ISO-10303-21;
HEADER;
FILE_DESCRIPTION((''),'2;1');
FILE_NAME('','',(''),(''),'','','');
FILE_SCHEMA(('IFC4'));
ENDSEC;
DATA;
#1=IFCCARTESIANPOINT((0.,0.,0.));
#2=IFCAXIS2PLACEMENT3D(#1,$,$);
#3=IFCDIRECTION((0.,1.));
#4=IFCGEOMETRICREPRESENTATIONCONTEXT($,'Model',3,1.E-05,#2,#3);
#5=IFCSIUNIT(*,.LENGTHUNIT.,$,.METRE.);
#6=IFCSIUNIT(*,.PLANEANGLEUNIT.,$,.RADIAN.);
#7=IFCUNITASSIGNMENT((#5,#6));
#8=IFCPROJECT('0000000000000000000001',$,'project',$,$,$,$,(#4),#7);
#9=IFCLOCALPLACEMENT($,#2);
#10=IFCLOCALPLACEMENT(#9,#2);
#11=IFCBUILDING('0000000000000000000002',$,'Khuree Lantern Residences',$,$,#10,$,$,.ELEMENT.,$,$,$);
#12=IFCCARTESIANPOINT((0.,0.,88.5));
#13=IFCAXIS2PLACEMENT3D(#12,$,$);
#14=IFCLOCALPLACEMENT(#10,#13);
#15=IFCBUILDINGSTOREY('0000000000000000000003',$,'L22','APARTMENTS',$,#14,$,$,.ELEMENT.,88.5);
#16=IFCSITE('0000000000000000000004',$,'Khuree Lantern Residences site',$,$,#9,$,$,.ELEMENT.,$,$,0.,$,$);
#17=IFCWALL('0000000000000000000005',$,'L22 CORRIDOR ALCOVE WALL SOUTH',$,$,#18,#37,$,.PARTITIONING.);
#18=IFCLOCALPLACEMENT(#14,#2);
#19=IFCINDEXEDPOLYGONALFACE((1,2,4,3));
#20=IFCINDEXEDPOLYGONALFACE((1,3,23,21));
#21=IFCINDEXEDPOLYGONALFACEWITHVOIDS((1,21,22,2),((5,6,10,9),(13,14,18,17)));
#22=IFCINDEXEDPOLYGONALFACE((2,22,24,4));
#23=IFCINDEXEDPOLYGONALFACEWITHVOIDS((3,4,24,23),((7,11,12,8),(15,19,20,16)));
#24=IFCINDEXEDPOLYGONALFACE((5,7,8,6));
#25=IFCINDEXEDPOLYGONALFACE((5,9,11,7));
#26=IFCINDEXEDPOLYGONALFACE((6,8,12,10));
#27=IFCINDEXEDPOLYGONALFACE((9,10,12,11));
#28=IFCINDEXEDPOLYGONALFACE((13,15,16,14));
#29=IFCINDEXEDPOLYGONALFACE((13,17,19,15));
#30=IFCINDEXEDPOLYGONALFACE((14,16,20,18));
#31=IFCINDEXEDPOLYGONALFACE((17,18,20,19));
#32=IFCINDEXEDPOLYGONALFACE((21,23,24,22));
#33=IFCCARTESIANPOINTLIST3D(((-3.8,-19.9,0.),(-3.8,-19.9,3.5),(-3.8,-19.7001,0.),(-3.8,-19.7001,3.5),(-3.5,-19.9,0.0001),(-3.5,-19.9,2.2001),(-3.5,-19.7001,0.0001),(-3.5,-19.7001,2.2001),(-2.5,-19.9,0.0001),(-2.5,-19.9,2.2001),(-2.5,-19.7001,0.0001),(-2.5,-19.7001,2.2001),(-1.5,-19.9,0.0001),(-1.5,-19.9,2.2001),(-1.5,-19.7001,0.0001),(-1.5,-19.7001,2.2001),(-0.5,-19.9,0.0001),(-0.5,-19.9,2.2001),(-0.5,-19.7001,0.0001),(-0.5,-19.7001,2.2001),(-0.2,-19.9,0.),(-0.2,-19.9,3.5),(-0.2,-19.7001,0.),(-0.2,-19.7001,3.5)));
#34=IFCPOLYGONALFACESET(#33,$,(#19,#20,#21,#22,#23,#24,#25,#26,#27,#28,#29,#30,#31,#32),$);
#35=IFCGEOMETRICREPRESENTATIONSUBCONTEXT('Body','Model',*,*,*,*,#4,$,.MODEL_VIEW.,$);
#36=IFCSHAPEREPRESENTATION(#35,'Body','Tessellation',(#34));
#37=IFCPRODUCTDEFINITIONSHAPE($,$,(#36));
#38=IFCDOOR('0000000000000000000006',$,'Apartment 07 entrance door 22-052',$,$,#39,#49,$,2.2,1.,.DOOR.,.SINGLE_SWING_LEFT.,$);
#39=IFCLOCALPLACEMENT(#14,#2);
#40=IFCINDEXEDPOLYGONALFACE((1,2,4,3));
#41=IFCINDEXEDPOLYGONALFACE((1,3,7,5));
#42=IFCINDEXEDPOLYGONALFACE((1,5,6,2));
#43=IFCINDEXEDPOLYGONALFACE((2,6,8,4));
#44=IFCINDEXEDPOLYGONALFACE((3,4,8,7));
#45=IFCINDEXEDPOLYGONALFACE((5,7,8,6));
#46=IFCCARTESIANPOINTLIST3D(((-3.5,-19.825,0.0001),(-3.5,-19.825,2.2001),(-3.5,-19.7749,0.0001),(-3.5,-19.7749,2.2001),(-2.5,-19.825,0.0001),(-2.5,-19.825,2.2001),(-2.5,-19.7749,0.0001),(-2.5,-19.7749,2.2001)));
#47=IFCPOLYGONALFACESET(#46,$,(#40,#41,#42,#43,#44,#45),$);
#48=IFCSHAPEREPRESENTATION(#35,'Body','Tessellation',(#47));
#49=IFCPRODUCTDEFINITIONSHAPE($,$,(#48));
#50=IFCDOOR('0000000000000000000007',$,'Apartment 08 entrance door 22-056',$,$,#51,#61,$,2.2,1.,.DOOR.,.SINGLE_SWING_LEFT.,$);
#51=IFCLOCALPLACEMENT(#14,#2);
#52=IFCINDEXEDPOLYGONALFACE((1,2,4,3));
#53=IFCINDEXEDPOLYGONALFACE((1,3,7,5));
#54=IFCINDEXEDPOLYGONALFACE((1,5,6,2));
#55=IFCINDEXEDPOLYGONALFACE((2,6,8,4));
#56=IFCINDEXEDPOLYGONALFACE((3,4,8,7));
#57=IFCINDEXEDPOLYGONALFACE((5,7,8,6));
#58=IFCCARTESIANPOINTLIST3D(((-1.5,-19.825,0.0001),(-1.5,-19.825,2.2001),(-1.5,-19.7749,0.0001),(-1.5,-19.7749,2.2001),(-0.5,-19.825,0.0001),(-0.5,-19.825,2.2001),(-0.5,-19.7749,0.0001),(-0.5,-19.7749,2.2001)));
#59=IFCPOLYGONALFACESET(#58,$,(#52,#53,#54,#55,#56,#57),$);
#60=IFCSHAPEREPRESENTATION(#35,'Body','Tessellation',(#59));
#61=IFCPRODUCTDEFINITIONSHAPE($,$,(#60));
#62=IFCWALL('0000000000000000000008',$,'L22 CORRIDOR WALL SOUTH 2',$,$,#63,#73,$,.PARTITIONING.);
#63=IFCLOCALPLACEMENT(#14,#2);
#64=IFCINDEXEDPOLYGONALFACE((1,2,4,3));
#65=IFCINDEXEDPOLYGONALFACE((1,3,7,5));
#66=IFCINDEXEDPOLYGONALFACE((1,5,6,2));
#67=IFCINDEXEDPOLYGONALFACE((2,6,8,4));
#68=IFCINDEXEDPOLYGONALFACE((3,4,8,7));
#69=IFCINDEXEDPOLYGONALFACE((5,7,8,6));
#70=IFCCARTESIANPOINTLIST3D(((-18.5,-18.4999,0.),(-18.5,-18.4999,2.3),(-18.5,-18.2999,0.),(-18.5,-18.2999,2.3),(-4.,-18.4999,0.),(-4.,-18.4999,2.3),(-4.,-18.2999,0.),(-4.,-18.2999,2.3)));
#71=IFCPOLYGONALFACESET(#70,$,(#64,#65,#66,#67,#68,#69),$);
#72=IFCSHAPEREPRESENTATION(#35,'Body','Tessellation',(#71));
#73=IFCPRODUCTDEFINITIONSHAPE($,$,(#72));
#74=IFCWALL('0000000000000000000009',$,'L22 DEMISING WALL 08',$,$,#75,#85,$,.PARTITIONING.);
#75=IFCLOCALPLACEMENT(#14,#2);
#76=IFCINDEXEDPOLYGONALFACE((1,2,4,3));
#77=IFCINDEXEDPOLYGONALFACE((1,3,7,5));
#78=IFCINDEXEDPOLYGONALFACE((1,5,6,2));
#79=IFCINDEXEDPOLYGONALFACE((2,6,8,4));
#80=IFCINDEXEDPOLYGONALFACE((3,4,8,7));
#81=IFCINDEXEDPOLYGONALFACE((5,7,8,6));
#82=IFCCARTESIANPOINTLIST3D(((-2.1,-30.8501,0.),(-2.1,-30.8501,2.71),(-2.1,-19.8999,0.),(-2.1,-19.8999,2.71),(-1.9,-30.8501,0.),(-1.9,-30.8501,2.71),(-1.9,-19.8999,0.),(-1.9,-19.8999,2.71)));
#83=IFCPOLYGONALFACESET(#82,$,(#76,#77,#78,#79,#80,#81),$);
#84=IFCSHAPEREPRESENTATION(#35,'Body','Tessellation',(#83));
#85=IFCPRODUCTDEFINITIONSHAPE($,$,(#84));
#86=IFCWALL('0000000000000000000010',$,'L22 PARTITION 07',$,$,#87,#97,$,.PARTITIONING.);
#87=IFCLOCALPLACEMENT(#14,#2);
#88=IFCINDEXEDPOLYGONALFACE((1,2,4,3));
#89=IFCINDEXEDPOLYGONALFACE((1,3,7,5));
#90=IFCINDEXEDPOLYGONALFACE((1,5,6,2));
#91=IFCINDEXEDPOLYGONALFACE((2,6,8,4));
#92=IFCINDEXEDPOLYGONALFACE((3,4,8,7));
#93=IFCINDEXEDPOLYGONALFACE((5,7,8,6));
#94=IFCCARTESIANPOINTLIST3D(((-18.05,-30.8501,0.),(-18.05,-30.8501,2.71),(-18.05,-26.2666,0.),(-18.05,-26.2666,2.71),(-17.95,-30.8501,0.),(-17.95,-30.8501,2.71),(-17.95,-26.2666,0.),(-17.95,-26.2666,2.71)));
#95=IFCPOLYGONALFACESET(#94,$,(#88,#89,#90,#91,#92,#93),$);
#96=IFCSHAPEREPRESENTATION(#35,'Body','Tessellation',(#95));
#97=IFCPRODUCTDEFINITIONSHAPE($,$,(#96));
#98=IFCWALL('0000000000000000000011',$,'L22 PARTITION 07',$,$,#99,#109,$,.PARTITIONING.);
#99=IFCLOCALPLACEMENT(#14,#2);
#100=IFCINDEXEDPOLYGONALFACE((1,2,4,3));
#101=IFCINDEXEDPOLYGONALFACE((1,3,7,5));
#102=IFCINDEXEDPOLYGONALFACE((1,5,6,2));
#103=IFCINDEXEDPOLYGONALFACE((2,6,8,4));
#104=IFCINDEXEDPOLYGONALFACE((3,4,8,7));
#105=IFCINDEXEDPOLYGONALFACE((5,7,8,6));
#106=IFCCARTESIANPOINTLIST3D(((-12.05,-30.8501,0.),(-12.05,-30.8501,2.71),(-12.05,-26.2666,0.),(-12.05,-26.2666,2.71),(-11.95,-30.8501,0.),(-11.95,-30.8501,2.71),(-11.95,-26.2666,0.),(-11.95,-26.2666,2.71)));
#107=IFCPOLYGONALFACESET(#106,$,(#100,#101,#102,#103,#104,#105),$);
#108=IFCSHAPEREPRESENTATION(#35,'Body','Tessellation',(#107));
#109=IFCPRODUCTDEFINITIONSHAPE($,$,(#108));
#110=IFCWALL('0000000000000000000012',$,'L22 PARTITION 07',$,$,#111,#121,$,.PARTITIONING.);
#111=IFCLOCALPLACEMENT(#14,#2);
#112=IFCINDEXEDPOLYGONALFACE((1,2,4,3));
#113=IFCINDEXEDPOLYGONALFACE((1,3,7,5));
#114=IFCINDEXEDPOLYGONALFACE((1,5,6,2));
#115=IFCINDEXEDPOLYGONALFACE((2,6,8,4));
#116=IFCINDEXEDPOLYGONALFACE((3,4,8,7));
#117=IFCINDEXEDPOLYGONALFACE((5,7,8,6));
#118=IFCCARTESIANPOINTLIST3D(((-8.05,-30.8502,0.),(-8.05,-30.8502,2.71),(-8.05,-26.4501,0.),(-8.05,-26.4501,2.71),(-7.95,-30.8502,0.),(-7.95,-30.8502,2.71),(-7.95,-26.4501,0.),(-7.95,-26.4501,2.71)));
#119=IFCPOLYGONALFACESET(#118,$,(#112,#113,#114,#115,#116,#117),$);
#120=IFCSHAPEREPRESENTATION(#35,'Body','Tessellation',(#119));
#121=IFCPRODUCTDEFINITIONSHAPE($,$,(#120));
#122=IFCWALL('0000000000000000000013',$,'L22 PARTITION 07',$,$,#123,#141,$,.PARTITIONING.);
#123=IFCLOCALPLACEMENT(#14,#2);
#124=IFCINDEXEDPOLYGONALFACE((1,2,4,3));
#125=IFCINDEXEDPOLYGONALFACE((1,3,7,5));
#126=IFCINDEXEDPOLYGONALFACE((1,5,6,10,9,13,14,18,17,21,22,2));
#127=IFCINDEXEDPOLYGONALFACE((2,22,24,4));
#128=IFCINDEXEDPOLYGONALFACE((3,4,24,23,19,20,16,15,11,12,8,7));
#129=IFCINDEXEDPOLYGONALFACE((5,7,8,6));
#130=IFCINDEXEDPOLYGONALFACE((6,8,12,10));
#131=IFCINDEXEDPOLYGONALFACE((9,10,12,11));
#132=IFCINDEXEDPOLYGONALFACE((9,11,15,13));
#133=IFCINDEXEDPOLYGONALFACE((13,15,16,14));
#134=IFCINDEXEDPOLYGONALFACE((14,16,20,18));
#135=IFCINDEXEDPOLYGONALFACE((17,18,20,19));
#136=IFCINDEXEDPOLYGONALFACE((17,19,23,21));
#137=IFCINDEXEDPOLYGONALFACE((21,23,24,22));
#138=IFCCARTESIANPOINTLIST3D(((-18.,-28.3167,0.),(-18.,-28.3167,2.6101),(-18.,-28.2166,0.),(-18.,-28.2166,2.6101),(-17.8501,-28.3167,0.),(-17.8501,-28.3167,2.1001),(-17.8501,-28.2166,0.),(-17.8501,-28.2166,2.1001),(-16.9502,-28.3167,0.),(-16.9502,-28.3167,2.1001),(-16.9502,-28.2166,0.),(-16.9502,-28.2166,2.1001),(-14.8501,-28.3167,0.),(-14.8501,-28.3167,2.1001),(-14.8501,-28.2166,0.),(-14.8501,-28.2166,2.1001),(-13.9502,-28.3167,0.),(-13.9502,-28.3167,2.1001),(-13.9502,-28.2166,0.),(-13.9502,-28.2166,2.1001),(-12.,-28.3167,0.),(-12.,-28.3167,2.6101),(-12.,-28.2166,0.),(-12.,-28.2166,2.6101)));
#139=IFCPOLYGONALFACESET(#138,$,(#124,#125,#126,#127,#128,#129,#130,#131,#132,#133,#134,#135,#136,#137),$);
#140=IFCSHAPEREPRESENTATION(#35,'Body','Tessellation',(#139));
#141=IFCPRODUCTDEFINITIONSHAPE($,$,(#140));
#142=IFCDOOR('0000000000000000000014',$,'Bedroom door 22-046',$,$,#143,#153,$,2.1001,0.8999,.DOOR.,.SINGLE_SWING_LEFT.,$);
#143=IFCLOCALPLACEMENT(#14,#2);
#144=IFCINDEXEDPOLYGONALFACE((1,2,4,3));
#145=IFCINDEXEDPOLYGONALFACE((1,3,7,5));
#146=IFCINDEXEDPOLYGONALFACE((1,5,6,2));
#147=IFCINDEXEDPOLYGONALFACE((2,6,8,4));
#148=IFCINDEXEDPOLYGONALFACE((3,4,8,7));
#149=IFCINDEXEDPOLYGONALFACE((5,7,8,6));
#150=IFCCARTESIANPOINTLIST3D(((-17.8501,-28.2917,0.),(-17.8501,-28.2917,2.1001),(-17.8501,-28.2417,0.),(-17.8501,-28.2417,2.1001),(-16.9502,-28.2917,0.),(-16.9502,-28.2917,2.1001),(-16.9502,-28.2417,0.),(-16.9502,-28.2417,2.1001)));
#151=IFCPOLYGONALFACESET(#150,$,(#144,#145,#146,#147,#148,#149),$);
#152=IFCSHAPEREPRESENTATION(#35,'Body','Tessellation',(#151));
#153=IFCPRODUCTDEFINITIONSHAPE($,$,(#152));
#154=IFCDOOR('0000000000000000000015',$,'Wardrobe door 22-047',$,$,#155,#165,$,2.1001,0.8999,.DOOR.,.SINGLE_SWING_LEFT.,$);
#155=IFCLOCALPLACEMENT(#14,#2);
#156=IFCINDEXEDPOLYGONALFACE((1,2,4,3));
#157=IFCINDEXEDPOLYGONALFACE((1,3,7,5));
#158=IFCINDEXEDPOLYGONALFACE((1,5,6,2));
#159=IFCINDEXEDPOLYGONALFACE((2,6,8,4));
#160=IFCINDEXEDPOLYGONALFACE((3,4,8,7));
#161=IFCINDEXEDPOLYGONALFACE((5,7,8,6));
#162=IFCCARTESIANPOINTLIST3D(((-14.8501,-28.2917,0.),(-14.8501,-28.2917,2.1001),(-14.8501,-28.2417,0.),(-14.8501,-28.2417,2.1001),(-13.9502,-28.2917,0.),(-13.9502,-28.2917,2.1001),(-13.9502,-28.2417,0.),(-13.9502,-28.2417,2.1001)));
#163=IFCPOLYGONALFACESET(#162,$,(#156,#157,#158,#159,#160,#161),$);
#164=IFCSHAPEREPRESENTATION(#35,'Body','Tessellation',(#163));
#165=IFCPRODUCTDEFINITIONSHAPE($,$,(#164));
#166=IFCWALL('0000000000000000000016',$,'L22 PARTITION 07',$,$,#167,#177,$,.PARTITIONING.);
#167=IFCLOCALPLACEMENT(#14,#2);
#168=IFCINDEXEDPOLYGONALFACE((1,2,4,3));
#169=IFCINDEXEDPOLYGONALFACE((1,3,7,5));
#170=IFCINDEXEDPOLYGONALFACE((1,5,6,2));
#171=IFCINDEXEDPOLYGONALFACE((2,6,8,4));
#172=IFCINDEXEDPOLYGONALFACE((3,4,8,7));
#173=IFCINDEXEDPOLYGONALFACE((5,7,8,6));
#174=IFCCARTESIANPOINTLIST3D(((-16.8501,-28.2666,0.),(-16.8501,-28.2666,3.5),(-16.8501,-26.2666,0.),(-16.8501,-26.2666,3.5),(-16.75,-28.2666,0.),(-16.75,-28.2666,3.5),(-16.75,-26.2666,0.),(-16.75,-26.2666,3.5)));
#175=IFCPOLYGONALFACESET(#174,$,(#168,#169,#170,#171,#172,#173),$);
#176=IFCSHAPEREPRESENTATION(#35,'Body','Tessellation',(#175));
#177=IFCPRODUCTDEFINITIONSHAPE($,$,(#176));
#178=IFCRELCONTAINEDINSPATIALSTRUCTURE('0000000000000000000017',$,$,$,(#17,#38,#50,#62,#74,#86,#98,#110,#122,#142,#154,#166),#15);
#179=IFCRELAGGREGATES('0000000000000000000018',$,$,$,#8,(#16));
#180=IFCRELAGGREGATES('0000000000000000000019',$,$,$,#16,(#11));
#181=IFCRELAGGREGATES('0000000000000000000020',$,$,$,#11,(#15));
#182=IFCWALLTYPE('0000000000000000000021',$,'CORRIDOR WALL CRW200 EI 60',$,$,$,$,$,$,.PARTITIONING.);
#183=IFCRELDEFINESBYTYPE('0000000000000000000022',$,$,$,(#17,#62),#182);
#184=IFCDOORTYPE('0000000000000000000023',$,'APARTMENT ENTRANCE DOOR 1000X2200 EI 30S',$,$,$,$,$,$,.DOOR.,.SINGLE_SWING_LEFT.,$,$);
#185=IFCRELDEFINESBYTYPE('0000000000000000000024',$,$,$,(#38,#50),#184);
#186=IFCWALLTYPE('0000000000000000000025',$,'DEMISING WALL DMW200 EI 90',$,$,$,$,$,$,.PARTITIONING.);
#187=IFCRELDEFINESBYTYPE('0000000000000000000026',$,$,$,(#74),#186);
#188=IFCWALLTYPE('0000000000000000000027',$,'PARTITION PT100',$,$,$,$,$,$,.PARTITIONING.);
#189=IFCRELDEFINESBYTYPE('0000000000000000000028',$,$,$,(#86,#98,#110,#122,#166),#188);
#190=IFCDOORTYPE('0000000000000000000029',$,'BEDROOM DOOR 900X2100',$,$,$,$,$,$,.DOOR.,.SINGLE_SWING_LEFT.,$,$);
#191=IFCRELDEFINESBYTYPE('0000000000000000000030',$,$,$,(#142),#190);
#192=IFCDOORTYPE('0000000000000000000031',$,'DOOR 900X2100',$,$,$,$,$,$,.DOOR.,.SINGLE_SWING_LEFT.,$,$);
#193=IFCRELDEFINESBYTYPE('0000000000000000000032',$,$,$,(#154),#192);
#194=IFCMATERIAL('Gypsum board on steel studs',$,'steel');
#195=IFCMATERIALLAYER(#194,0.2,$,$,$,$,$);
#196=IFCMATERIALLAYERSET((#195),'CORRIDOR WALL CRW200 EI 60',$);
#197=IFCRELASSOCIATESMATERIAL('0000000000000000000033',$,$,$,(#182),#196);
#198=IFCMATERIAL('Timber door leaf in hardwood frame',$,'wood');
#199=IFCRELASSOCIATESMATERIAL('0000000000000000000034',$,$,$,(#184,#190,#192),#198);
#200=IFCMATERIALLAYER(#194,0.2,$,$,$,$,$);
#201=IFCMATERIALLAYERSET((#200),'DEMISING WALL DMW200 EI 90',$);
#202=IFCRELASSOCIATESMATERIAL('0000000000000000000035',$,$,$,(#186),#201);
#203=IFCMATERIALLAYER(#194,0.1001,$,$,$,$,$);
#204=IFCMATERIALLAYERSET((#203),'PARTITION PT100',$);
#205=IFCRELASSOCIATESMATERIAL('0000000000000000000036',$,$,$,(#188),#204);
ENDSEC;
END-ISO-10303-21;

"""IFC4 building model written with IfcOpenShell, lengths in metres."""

from ifc_helpers import new_model, si_unit, direction, frame, frame_2d, origin, place, context, subcontext, project, spatial, rectangle, extrude, material, layer, layer_set, type_object, element, fill, save


model = new_model("IFC4")

# Units and contexts
model_context = context("Model", 3, precision=1e-05, world=origin(), true_north=direction((0.0, 1.0)))
body_context = subcontext(model_context, "Body", "Model", "MODEL_VIEW")
ifc_project = project(units=[si_unit("LENGTHUNIT", "METRE"), si_unit("PLANEANGLEUNIT", "RADIAN")], contexts=[model_context])

# Site, building, storey
site_placement = place(None, origin())
site = spatial("IfcSite", under=ifc_project, at=site_placement, Name="Khuree Lantern Residences site", CompositionType="ELEMENT", RefElevation=0.0)
building_placement = place(site_placement, origin())
building = spatial("IfcBuilding", under=site, at=building_placement, Name="Khuree Lantern Residences", CompositionType="ELEMENT")
storey_placement = place(building_placement, frame((0.0, 0.0, 88.5)))
storey = spatial("IfcBuildingStorey", under=building, at=storey_placement, Name="L22", Description="APARTMENTS", CompositionType="ELEMENT", Elevation=88.5)

# Shared definitions
ifc_material_1 = material(Name="Gypsum board on steel studs", Category="steel")
ifc_layer_1 = layer(ifc_material_1, 0.2)
ifc_layer_set_1 = layer_set([ifc_layer_1], Name="CORRIDOR WALL CRW200 EI 60")
wall_type_1 = type_object("IfcWallType", Name="CORRIDOR WALL CRW200 EI 60", PredefinedType="PARTITIONING", material=ifc_layer_set_1)

# Wall, openings, doors
wall_1_placement = place(storey_placement, frame((-0.2, -19.8, 0.0), z_axis=(0.0, 0.0, 1.0), x_axis=(-1.0, 0.0, 0.0)))
wall_1 = element("IfcWall", 1, at=wall_1_placement, inside=storey, type_object=wall_type_1, Name="L22 CORRIDOR ALCOVE WALL SOUTH", PredefinedType="PARTITIONING", context=body_context, shape_type="SweptSolid", body=[
    extrude(rectangle(XDim=3.6001, YDim=0.2, at=frame_2d((1.8, 0.0))), origin(), (0.0, 0.0, 1.0), 3.5),
])
opening_1_placement = place(wall_1_placement, frame((2.3, 0.0, 0.0)))
opening_1 = element("IfcOpeningElement", 2, at=opening_1_placement, cuts=wall_1, PredefinedType="OPENING", context=body_context, shape_type="SweptSolid", body=[
    extrude(rectangle(XDim=1.0, YDim=2.2, at=frame_2d((0.5, 1.1001))), frame((0.0, 0.1099, 0.0), z_axis=(0.0, -1.0, 0.0), x_axis=(1.0, 0.0, 0.0)), (0.0, 0.0, 1.0), 0.22),
])
opening_2_placement = place(wall_1_placement, frame((0.3, 0.0, 0.0)))
opening_2 = element("IfcOpeningElement", 3, at=opening_2_placement, cuts=wall_1, PredefinedType="OPENING", context=body_context, shape_type="SweptSolid", body=[
    extrude(rectangle(XDim=1.0, YDim=2.2, at=frame_2d((0.5, 1.1001))), frame((0.0, 0.1099, 0.0), z_axis=(0.0, -1.0, 0.0), x_axis=(1.0, 0.0, 0.0)), (0.0, 0.0, 1.0), 0.22),
])
ifc_material_2 = material(Name="Timber door leaf in hardwood frame", Category="wood")
door_type_1 = type_object("IfcDoorType", Name="APARTMENT ENTRANCE DOOR 1000X2200 EI 30S", OperationType="SINGLE_SWING_LEFT", PredefinedType="DOOR", material=ifc_material_2)
door_1_placement = place(opening_1_placement, origin())
door_1 = element("IfcDoor", 4, at=door_1_placement, inside=storey, type_object=door_type_1, Name="Apartment 07 entrance door 22-052", OperationType="SINGLE_SWING_LEFT", OverallHeight=2.2, OverallWidth=1.0, PredefinedType="DOOR", context=body_context, shape_type="SweptSolid", body=[
    extrude(rectangle(XDim=1.0, YDim=2.2, at=frame_2d((0.5, 1.1001))), frame((0.0, 0.0249, 0.0), z_axis=(0.0, -1.0, 0.0), x_axis=(1.0, 0.0, 0.0)), (0.0, 0.0, 1.0), 0.05),
])
fill(opening_1, door_1)
door_2_placement = place(opening_2_placement, origin())
door_2 = element("IfcDoor", 5, at=door_2_placement, inside=storey, type_object=door_type_1, Name="Apartment 08 entrance door 22-056", OperationType="SINGLE_SWING_LEFT", OverallHeight=2.2, OverallWidth=1.0, PredefinedType="DOOR", context=body_context, shape_type="SweptSolid", body=[
    extrude(rectangle(XDim=1.0, YDim=2.2, at=frame_2d((0.5, 1.1001))), frame((0.0, 0.0249, 0.0), z_axis=(0.0, -1.0, 0.0), x_axis=(1.0, 0.0, 0.0)), (0.0, 0.0, 1.0), 0.05),
])
fill(opening_2, door_2)

# Walls
wall_2_placement = place(storey_placement, frame((-4.0, -18.3999, 0.0), z_axis=(0.0, 0.0, 1.0), x_axis=(-1.0, 0.0, 0.0)))
element("IfcWall", 6, at=wall_2_placement, inside=storey, type_object=wall_type_1, Name="L22 CORRIDOR WALL SOUTH 2", PredefinedType="PARTITIONING", context=body_context, shape_type="SweptSolid", body=[
    extrude(rectangle(XDim=14.5, YDim=0.2, at=frame_2d((7.25, 0.0))), origin(), (0.0, 0.0, 1.0), 2.3),
])
ifc_layer_2 = layer(ifc_material_1, 0.2)
ifc_layer_set_2 = layer_set([ifc_layer_2], Name="DEMISING WALL DMW200 EI 90")
wall_type_2 = type_object("IfcWallType", Name="DEMISING WALL DMW200 EI 90", PredefinedType="PARTITIONING", material=ifc_layer_set_2)
wall_3_placement = place(storey_placement, frame((-2.0, -19.8999, 0.0), z_axis=(0.0, 0.0, 1.0), x_axis=(0.0, -1.0, 0.0)))
element("IfcWall", 7, at=wall_3_placement, inside=storey, type_object=wall_type_2, Name="L22 DEMISING WALL 08", PredefinedType="PARTITIONING", context=body_context, shape_type="SweptSolid", body=[
    extrude(rectangle(XDim=10.9502, YDim=0.2, at=frame_2d((5.4751, 0.0))), origin(), (0.0, 0.0, 1.0), 2.71),
])
ifc_layer_3 = layer(ifc_material_1, 0.1001)
ifc_layer_set_3 = layer_set([ifc_layer_3], Name="PARTITION PT100")
wall_type_3 = type_object("IfcWallType", Name="PARTITION PT100", PredefinedType="PARTITIONING", material=ifc_layer_set_3)
for number, where, z_axis, x_axis, name in (
    (8, (-18.0, -26.2666, 0.0), (0.0, 0.0, 1.0), (0.0, -1.0, 0.0), "L22 PARTITION 07"),
    (9, (-12.0, -26.2666, 0.0), (0.0, 0.0, 1.0), (0.0, -1.0, 0.0), "L22 PARTITION 07"),
):
    element("IfcWall", number, at=place(storey_placement, frame(where, z_axis=z_axis, x_axis=x_axis)), inside=storey, type_object=wall_type_3, Name=name, PredefinedType="PARTITIONING", context=body_context, shape_type="SweptSolid", body=[
        extrude(rectangle(XDim=4.5835, YDim=0.1001, at=frame_2d((2.2917, 0.0))), origin(), (0.0, 0.0, 1.0), 2.71),
    ])
wall_4_placement = place(storey_placement, frame((-8.0, -26.45, 0.0), z_axis=(0.0, 0.0, 1.0), x_axis=(0.0, -1.0, 0.0)))
element("IfcWall", 10, at=wall_4_placement, inside=storey, type_object=wall_type_3, Name="L22 PARTITION 07", PredefinedType="PARTITIONING", context=body_context, shape_type="SweptSolid", body=[
    extrude(rectangle(XDim=4.4001, YDim=0.1001, at=frame_2d((2.2002, 0.0))), origin(), (0.0, 0.0, 1.0), 2.71),
])

# Wall, openings, doors
wall_5_placement = place(storey_placement, frame((-18.0, -28.2666, 0.0), z_axis=(0.0, 0.0, 1.0), x_axis=(1.0, 0.0, 0.0)))
wall_5 = element("IfcWall", 11, at=wall_5_placement, inside=storey, type_object=wall_type_3, Name="L22 PARTITION 07", PredefinedType="PARTITIONING", context=body_context, shape_type="SweptSolid", body=[
    extrude(rectangle(XDim=6.0, YDim=0.1001, at=frame_2d((3.0, 0.0))), origin(), (0.0, 0.0, 1.0), 2.6101),
])
opening_3_placement = place(wall_5_placement, frame((0.1499, 0.0, 0.0)))
opening_3 = element("IfcOpeningElement", 12, at=opening_3_placement, cuts=wall_5, PredefinedType="OPENING", context=body_context, shape_type="SweptSolid", body=[
    extrude(rectangle(XDim=0.8999, YDim=2.1001, at=frame_2d((0.45, 1.05))), frame((0.0, 0.0601, 0.0), z_axis=(0.0, -1.0, 0.0), x_axis=(1.0, 0.0, 0.0)), (0.0, 0.0, 1.0), 0.1201),
])
opening_4_placement = place(wall_5_placement, frame((3.1499, 0.0, 0.0)))
opening_4 = element("IfcOpeningElement", 13, at=opening_4_placement, cuts=wall_5, PredefinedType="OPENING", context=body_context, shape_type="SweptSolid", body=[
    extrude(rectangle(XDim=0.8999, YDim=2.1001, at=frame_2d((0.45, 1.05))), frame((0.0, 0.0601, 0.0), z_axis=(0.0, -1.0, 0.0), x_axis=(1.0, 0.0, 0.0)), (0.0, 0.0, 1.0), 0.1201),
])
door_type_2 = type_object("IfcDoorType", Name="BEDROOM DOOR 900X2100", OperationType="SINGLE_SWING_LEFT", PredefinedType="DOOR", material=ifc_material_2)
door_3_placement = place(opening_3_placement, origin())
door_3 = element("IfcDoor", 14, at=door_3_placement, inside=storey, type_object=door_type_2, Name="Bedroom door 22-046", OperationType="SINGLE_SWING_LEFT", OverallHeight=2.1001, OverallWidth=0.8999, PredefinedType="DOOR", context=body_context, shape_type="SweptSolid", body=[
    extrude(rectangle(XDim=0.8999, YDim=2.1001, at=frame_2d((0.45, 1.05))), frame((0.0, 0.0249, 0.0), z_axis=(0.0, -1.0, 0.0), x_axis=(1.0, 0.0, 0.0)), (0.0, 0.0, 1.0), 0.05),
])
fill(opening_3, door_3)
door_type_3 = type_object("IfcDoorType", Name="DOOR 900X2100", OperationType="SINGLE_SWING_LEFT", PredefinedType="DOOR", material=ifc_material_2)
door_4_placement = place(opening_4_placement, origin())
door_4 = element("IfcDoor", 15, at=door_4_placement, inside=storey, type_object=door_type_3, Name="Wardrobe door 22-047", OperationType="SINGLE_SWING_LEFT", OverallHeight=2.1001, OverallWidth=0.8999, PredefinedType="DOOR", context=body_context, shape_type="SweptSolid", body=[
    extrude(rectangle(XDim=0.8999, YDim=2.1001, at=frame_2d((0.45, 1.05))), frame((0.0, 0.0249, 0.0), z_axis=(0.0, -1.0, 0.0), x_axis=(1.0, 0.0, 0.0)), (0.0, 0.0, 1.0), 0.05),
])
fill(opening_4, door_4)

# Wall
wall_6_placement = place(storey_placement, frame((-16.8, -26.2666, 0.0), z_axis=(0.0, 0.0, 1.0), x_axis=(0.0, -1.0, 0.0)))
element("IfcWall", 16, at=wall_6_placement, inside=storey, type_object=wall_type_3, Name="L22 PARTITION 07", PredefinedType="PARTITIONING", context=body_context, shape_type="SweptSolid", body=[
    extrude(rectangle(XDim=2.0, YDim=0.1001, at=frame_2d((1.0, 0.0))), origin(), (0.0, 0.0, 1.0), 3.5),
])

save(model, "model.ifc")
